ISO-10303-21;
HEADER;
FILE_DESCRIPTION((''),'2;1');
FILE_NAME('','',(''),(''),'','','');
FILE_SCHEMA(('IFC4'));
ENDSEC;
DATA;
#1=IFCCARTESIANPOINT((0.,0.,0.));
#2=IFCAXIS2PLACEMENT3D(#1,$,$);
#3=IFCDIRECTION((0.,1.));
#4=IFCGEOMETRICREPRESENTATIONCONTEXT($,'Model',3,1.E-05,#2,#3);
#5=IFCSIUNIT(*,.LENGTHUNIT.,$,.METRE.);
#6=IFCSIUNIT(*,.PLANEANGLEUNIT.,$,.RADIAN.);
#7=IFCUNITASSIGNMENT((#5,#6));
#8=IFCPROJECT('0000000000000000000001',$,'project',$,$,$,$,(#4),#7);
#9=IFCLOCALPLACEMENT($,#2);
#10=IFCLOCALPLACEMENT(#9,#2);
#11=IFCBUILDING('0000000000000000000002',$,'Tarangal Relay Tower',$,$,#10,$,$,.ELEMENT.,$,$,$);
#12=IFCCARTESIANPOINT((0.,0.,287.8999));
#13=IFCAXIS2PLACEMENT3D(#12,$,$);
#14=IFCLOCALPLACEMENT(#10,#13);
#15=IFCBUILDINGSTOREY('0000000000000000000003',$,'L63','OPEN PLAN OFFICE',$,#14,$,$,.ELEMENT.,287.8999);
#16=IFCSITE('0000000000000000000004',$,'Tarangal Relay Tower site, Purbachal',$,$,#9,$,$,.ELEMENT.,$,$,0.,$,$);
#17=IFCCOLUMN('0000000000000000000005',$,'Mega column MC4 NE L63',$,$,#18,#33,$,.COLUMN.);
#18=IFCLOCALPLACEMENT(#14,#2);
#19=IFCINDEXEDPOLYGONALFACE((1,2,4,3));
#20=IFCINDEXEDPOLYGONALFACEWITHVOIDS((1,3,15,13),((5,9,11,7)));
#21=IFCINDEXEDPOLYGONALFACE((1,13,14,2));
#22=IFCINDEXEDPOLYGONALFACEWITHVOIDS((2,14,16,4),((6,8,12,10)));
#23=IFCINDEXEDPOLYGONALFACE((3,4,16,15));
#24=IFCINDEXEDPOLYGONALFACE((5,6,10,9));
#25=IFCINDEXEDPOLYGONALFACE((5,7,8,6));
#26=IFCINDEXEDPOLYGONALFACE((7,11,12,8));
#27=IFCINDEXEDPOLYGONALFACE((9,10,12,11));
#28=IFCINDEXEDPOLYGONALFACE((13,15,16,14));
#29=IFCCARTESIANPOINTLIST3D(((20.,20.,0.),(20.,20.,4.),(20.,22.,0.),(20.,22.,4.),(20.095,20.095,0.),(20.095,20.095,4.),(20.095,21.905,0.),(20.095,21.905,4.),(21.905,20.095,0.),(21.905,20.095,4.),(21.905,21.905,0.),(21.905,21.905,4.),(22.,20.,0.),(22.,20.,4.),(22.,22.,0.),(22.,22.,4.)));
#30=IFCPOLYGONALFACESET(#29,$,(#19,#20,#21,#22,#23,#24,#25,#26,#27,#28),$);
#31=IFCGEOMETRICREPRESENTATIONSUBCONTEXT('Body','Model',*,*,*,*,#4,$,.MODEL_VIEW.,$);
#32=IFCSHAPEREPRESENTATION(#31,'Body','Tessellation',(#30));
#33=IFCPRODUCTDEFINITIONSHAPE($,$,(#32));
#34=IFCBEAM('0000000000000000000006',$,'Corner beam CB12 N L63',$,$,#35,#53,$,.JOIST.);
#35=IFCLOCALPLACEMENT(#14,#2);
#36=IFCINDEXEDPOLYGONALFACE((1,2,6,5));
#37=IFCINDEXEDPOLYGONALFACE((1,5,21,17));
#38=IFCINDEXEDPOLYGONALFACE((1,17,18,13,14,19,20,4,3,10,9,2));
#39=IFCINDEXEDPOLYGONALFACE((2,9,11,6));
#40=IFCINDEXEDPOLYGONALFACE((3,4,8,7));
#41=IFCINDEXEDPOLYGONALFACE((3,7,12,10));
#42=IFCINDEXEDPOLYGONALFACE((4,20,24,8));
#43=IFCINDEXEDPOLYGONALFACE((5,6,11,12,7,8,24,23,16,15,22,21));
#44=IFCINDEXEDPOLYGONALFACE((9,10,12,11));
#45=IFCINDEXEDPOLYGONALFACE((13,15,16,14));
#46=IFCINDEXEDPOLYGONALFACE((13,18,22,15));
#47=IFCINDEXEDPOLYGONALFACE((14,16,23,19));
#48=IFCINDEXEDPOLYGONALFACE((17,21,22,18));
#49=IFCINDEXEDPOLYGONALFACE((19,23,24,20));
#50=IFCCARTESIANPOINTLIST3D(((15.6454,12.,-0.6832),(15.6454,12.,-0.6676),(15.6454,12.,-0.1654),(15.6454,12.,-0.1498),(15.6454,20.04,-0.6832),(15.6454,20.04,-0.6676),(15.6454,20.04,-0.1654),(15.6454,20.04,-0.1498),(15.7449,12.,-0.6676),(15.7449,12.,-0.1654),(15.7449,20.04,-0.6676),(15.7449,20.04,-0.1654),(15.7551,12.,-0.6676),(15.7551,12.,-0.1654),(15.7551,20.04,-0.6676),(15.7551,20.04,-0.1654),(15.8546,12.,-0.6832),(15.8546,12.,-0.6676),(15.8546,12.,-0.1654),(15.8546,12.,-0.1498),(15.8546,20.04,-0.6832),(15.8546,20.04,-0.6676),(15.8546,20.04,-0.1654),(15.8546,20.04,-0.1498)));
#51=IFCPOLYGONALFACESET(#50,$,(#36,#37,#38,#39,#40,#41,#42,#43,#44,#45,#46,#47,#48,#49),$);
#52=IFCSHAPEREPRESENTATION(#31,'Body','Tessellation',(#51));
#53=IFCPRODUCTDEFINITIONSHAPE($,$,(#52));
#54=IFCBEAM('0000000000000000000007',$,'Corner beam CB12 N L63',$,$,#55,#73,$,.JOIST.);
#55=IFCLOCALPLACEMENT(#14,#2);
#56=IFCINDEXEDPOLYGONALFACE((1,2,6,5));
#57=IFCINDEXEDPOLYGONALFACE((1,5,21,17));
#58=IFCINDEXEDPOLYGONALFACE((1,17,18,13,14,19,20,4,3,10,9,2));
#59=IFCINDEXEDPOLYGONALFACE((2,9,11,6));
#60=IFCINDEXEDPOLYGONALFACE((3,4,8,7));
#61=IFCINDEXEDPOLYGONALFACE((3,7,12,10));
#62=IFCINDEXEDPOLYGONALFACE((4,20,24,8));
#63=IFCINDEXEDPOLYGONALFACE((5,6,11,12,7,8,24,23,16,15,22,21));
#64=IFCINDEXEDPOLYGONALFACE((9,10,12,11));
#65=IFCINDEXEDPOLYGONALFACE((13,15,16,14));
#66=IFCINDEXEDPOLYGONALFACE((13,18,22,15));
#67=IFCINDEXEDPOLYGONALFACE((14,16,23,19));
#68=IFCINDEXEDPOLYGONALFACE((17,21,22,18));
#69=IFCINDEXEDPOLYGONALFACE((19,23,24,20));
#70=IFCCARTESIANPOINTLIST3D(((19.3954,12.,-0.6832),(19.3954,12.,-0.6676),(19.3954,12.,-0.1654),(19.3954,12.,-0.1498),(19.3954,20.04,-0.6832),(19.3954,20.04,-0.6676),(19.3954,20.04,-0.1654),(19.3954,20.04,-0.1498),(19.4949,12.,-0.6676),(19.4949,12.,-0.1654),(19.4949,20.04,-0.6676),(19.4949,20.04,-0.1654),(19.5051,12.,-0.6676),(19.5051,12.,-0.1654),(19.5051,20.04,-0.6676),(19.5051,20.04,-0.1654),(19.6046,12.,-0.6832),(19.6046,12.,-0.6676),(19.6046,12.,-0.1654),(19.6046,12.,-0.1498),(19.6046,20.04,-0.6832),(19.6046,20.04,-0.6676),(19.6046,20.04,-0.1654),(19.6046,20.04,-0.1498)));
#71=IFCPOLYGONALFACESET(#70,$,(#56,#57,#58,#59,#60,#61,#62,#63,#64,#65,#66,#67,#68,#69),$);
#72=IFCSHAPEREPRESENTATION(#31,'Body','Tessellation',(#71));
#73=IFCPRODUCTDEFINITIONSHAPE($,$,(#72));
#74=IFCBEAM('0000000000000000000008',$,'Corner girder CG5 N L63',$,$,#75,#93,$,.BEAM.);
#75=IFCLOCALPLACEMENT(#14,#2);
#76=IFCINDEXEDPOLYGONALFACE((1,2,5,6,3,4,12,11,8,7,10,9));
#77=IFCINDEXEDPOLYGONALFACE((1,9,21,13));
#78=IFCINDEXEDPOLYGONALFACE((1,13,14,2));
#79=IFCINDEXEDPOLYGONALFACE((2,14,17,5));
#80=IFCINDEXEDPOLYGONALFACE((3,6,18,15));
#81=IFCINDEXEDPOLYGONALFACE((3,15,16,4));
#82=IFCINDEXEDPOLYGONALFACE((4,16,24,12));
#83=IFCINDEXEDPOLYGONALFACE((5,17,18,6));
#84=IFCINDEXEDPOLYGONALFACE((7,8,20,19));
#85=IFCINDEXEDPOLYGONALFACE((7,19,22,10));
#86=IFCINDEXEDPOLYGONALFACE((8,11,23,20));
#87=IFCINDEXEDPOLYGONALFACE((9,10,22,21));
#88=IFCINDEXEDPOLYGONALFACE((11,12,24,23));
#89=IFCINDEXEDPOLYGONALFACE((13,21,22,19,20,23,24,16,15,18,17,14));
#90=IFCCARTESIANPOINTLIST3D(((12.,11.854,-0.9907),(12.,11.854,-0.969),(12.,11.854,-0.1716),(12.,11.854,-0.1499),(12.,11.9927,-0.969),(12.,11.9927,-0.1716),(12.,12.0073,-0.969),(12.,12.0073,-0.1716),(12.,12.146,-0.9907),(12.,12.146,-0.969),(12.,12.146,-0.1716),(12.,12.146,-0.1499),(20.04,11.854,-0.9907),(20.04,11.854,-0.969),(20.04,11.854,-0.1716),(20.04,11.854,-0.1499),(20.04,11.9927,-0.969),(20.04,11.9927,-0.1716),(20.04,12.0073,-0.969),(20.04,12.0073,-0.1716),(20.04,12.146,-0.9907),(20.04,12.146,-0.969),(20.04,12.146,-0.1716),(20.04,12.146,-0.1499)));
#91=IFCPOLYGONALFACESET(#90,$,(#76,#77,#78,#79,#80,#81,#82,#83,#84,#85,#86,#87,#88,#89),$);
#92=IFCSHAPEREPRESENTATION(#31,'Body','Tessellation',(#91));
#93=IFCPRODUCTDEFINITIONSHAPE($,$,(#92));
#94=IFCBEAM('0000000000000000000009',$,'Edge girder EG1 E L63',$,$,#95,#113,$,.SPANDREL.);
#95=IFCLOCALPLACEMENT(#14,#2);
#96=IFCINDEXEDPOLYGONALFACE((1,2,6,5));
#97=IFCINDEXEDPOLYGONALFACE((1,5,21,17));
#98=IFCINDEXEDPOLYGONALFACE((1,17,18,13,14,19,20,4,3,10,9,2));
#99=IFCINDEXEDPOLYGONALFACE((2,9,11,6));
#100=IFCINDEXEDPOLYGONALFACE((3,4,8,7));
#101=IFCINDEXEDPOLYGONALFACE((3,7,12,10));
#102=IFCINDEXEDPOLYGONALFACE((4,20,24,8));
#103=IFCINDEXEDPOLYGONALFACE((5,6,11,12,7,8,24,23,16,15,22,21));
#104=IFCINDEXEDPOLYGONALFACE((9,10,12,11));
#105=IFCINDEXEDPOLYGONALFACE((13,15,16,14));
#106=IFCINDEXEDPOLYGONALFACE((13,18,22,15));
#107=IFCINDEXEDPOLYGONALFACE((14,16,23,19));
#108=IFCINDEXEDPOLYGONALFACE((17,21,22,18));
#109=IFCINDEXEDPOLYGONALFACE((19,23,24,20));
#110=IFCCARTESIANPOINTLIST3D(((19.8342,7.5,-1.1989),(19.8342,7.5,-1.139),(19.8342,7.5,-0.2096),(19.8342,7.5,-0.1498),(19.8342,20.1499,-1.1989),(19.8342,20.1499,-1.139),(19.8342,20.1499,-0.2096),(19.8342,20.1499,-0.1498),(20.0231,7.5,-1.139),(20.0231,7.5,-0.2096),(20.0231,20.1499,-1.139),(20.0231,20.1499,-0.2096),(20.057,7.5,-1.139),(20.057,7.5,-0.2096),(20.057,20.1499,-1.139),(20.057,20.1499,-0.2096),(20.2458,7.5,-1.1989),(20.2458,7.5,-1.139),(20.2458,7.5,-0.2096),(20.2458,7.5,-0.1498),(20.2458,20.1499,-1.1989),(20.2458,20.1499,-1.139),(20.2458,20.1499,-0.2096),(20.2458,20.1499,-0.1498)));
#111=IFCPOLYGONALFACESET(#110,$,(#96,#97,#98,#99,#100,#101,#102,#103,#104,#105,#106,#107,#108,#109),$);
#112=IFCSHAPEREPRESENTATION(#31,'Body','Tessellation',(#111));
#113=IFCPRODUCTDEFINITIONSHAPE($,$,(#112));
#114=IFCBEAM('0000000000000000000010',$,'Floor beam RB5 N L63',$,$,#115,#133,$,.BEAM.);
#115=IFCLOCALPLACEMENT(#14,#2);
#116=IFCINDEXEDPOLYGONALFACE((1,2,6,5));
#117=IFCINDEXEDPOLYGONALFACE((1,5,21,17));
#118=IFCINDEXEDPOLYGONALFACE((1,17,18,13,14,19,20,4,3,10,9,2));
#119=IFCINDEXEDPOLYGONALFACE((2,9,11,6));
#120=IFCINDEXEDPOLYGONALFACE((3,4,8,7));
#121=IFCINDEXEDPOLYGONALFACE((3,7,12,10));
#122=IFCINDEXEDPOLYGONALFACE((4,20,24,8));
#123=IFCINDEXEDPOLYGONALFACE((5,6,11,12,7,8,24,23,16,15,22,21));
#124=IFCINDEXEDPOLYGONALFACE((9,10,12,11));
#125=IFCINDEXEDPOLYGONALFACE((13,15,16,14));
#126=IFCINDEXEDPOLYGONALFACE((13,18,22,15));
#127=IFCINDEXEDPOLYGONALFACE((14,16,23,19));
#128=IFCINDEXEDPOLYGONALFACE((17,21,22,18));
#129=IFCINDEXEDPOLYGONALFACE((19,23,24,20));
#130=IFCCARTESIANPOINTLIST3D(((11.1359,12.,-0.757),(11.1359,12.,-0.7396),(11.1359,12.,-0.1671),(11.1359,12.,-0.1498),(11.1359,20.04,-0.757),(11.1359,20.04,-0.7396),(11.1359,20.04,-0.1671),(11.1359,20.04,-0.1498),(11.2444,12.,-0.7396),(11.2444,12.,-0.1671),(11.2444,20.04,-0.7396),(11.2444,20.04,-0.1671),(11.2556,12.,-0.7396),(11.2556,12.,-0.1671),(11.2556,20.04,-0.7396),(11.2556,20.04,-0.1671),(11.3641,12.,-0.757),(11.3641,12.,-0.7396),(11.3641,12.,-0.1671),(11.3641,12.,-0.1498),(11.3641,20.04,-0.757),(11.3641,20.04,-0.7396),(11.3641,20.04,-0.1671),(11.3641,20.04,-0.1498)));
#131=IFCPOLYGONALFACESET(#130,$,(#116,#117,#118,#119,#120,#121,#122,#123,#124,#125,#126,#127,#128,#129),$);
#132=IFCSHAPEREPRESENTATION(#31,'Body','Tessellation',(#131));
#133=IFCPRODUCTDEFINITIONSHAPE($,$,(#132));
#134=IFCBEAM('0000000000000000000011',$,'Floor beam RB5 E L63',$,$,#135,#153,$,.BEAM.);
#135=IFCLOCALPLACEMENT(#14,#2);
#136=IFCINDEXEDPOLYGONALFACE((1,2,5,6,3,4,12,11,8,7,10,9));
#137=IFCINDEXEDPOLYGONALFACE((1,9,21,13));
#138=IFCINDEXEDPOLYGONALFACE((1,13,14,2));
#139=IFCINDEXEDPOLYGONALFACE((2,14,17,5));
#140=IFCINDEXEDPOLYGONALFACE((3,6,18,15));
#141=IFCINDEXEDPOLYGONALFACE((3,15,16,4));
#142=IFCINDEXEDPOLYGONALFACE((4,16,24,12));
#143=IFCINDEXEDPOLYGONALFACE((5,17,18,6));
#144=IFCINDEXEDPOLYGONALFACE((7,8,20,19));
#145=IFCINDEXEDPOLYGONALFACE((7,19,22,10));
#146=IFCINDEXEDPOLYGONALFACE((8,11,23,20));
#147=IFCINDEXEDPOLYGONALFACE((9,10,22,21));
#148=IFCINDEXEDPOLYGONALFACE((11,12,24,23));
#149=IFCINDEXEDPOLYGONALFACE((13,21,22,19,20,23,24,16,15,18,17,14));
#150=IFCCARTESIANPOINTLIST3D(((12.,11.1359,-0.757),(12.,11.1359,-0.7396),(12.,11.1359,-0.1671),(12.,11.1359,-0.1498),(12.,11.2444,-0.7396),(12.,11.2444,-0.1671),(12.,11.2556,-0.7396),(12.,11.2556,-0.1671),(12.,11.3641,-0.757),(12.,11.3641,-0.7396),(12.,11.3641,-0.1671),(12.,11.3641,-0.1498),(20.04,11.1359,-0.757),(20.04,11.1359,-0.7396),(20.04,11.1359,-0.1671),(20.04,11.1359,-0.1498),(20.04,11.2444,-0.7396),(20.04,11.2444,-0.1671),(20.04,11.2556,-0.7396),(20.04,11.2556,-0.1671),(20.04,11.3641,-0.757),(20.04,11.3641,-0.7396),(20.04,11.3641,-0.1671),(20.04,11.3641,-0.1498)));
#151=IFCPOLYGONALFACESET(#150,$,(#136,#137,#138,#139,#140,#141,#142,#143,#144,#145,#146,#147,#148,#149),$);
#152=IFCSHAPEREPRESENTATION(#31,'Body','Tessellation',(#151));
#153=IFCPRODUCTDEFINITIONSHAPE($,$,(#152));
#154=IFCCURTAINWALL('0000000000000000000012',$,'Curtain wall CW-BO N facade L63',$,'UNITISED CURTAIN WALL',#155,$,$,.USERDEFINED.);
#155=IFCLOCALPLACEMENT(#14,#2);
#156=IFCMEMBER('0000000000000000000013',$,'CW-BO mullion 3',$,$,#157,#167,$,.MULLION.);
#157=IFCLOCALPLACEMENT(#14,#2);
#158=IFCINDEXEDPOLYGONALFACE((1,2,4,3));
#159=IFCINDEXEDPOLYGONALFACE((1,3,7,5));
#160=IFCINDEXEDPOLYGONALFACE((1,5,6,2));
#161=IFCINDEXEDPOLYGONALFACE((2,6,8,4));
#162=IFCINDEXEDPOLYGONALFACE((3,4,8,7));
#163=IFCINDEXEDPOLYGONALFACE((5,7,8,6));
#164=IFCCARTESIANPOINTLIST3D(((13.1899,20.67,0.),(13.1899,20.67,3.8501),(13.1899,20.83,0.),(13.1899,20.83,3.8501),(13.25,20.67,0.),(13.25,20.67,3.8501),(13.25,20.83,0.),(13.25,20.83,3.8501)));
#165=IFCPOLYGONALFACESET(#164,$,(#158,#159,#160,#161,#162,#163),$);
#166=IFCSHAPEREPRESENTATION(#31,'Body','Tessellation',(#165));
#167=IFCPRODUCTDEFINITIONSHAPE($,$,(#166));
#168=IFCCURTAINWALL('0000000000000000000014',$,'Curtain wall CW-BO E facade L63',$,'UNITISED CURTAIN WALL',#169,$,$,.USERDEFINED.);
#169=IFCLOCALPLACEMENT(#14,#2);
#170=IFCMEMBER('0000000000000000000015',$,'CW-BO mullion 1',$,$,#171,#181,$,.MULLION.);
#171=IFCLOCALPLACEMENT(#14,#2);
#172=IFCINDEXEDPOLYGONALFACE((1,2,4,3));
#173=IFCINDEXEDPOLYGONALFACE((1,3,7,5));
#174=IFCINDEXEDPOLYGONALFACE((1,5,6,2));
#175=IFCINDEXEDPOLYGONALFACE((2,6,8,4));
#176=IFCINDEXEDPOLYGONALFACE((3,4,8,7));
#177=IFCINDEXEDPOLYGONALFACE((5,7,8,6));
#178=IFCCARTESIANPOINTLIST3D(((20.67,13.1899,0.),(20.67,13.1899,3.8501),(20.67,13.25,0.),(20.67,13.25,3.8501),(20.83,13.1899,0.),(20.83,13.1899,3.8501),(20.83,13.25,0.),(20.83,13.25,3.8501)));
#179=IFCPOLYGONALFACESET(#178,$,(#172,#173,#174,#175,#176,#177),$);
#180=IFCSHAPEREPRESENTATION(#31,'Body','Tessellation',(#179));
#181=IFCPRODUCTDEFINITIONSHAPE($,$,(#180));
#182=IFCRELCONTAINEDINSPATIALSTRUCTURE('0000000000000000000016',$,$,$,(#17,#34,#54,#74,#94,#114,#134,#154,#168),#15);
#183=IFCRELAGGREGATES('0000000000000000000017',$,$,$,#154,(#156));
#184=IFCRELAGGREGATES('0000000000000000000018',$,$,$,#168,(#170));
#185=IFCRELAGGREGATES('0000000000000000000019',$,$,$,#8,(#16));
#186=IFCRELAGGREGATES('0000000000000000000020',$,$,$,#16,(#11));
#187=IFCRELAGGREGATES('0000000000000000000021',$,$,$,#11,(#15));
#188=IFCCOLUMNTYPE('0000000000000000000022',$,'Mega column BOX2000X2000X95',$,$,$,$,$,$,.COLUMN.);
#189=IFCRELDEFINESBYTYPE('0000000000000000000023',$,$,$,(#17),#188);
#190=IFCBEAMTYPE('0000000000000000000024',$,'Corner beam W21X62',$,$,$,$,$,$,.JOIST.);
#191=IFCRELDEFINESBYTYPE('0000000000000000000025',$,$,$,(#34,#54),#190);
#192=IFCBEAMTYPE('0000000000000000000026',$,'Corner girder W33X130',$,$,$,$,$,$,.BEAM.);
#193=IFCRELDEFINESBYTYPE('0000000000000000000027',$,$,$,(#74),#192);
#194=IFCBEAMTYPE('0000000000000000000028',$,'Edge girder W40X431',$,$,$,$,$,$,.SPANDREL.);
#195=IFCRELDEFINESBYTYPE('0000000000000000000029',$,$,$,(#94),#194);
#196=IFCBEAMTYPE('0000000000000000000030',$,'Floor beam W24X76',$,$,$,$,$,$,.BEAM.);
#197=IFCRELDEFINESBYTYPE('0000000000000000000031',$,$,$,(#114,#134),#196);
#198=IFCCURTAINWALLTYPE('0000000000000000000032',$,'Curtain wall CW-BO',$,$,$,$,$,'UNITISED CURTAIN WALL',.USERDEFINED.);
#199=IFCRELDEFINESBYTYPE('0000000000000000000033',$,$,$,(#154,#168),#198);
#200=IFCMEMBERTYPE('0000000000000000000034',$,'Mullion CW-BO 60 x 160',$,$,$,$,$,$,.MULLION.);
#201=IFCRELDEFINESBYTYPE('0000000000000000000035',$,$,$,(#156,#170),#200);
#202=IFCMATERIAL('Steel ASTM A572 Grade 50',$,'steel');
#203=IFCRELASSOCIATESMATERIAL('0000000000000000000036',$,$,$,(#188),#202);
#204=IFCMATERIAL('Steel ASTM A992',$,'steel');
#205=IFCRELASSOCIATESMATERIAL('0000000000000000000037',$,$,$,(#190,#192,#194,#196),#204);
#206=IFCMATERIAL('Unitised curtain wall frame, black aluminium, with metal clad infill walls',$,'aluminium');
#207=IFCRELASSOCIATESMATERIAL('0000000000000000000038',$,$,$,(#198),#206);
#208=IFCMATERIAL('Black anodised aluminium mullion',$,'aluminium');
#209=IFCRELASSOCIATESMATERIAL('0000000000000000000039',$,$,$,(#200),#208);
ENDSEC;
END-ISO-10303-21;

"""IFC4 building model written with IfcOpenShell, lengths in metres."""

from ifc_helpers import new_model, si_unit, direction, frame, origin, origin_2d, place, context, subcontext, project, spatial, rectangle, hollow_rectangle, i_section, extrude, material, material_profile, profile_set, type_object, element, aggregate, save


model = new_model("IFC4")

# Units and contexts
model_context = context("Model", 3, precision=1e-05, world=origin(), true_north=direction((0.0, 1.0)))
body_context = subcontext(model_context, "Body", "Model", "MODEL_VIEW")
ifc_project = project(units=[si_unit("LENGTHUNIT", "METRE"), si_unit("PLANEANGLEUNIT", "RADIAN")], contexts=[model_context])

# Site, building, storey
site_placement = place(None, origin())
site = spatial("IfcSite", under=ifc_project, at=site_placement, Name="Tarangal Relay Tower site, Purbachal", CompositionType="ELEMENT", RefElevation=0.0)
building_placement = place(site_placement, origin())
building = spatial("IfcBuilding", under=site, at=building_placement, Name="Tarangal Relay Tower", CompositionType="ELEMENT")
storey_placement = place(building_placement, frame((0.0, 0.0, 287.8999)))
storey = spatial("IfcBuildingStorey", under=building, at=storey_placement, Name="L63", Description="OPEN PLAN OFFICE", CompositionType="ELEMENT", Elevation=287.8999)

# Column
ifc_material_1 = material(Name="Steel ASTM A572 Grade 50", Category="steel")
ifc_material_profile_1 = material_profile(ifc_material_1, hollow_rectangle(XDim=2.0, YDim=2.0, WallThickness=0.095, at=origin_2d()), Name="BOX2000X2000X95")
ifc_profile_set_1 = profile_set([ifc_material_profile_1], Name="Steel ASTM A572 Grade 50")
column_type = type_object("IfcColumnType", Name="Mega column BOX2000X2000X95", PredefinedType="COLUMN", material=ifc_profile_set_1)
column_placement = place(storey_placement, frame((21.0, 21.0, 0.0), z_axis=(0.0, 0.0, 1.0), x_axis=(1.0, 0.0, 0.0)))
element("IfcColumn", 1, at=column_placement, inside=storey, type_object=column_type, Name="Mega column MC4 NE L63", PredefinedType="COLUMN", context=body_context, shape_type="SweptSolid", body=[
    extrude(hollow_rectangle(XDim=2.0, YDim=2.0, WallThickness=0.095, at=origin_2d()), origin(), (0.0, 0.0, 1.0), 4.0),
])

# Beams
ifc_material_2 = material(Name="Steel ASTM A992", Category="steel")
ifc_material_profile_2 = material_profile(ifc_material_2, i_section(OverallWidth=0.2092, OverallDepth=0.5334, WebThickness=0.0103, FlangeThickness=0.0156, at=origin_2d()), Name="W21X62")
ifc_profile_set_2 = profile_set([ifc_material_profile_2], Name="Steel ASTM A992")
beam_type_1 = type_object("IfcBeamType", Name="Corner beam W21X62", PredefinedType="JOIST", material=ifc_profile_set_2)
for number, where, z_axis, x_axis, name in (
    (2, (15.75, 12.0, -0.4165), (0.0, 1.0, 0.0), (-1.0, 0.0, 0.0), "Corner beam CB12 N L63"),
    (3, (19.5, 12.0, -0.4165), (0.0, 1.0, 0.0), (-1.0, 0.0, 0.0), "Corner beam CB12 N L63"),
):
    element("IfcBeam", number, at=place(storey_placement, frame(where, z_axis=z_axis, x_axis=x_axis)), inside=storey, type_object=beam_type_1, Name=name, PredefinedType="JOIST", context=body_context, shape_type="SweptSolid", body=[
        extrude(i_section(OverallWidth=0.2092, OverallDepth=0.5334, WebThickness=0.0103, FlangeThickness=0.0156, at=origin_2d()), origin(), (0.0, 0.0, 1.0), 8.04),
    ])
ifc_material_profile_3 = material_profile(ifc_material_2, i_section(OverallWidth=0.292, OverallDepth=0.8408, WebThickness=0.0146, FlangeThickness=0.0217, at=origin_2d()), Name="W33X130")
ifc_profile_set_3 = profile_set([ifc_material_profile_3], Name="Steel ASTM A992")
beam_type_2 = type_object("IfcBeamType", Name="Corner girder W33X130", PredefinedType="BEAM", material=ifc_profile_set_3)
beam_1_placement = place(storey_placement, frame((12.0, 12.0, -0.5703), z_axis=(1.0, 0.0, 0.0), x_axis=(0.0, 1.0, 0.0)))
element("IfcBeam", 4, at=beam_1_placement, inside=storey, type_object=beam_type_2, Name="Corner girder CG5 N L63", PredefinedType="BEAM", context=body_context, shape_type="SweptSolid", body=[
    extrude(i_section(OverallWidth=0.292, OverallDepth=0.8408, WebThickness=0.0146, FlangeThickness=0.0217, at=origin_2d()), origin(), (0.0, 0.0, 1.0), 8.04),
])
ifc_material_profile_4 = material_profile(ifc_material_2, i_section(OverallWidth=0.4116, OverallDepth=1.0491, WebThickness=0.0339, FlangeThickness=0.0598, at=origin_2d()), Name="W40X431")
ifc_profile_set_4 = profile_set([ifc_material_profile_4], Name="Steel ASTM A992")
beam_type_3 = type_object("IfcBeamType", Name="Edge girder W40X431", PredefinedType="SPANDREL", material=ifc_profile_set_4)
beam_2_placement = place(storey_placement, frame((20.04, 20.1499, -0.6743), z_axis=(0.0, -1.0, 0.0), x_axis=(1.0, 0.0, 0.0)))
element("IfcBeam", 5, at=beam_2_placement, inside=storey, type_object=beam_type_3, Name="Edge girder EG1 E L63", PredefinedType="SPANDREL", context=body_context, shape_type="SweptSolid", body=[
    extrude(i_section(OverallWidth=0.4116, OverallDepth=1.0491, WebThickness=0.0339, FlangeThickness=0.0598, at=origin_2d()), origin(), (0.0, 0.0, 1.0), 12.6499),
])
ifc_material_profile_5 = material_profile(ifc_material_2, i_section(OverallWidth=0.2283, OverallDepth=0.6072, WebThickness=0.0112, FlangeThickness=0.0173, at=origin_2d()), Name="W24X76")
ifc_profile_set_5 = profile_set([ifc_material_profile_5], Name="Steel ASTM A992")
beam_type_4 = type_object("IfcBeamType", Name="Floor beam W24X76", PredefinedType="BEAM", material=ifc_profile_set_5)
for number, where, z_axis, x_axis, name in (
    (6, (11.25, 12.0, -0.4534), (0.0, 1.0, 0.0), (-1.0, 0.0, 0.0), "Floor beam RB5 N L63"),
    (7, (12.0, 11.25, -0.4534), (1.0, 0.0, 0.0), (0.0, 1.0, 0.0), "Floor beam RB5 E L63"),
):
    element("IfcBeam", number, at=place(storey_placement, frame(where, z_axis=z_axis, x_axis=x_axis)), inside=storey, type_object=beam_type_4, Name=name, PredefinedType="BEAM", context=body_context, shape_type="SweptSolid", body=[
        extrude(i_section(OverallWidth=0.2283, OverallDepth=0.6072, WebThickness=0.0112, FlangeThickness=0.0173, at=origin_2d()), origin(), (0.0, 0.0, 1.0), 8.04),
    ])

# Curtain wall, member
ifc_material_3 = material(Name="Unitised curtain wall frame, black aluminium, with metal clad infill walls", Category="aluminium")
curtain_wall_type = type_object("IfcCurtainWallType", Name="Curtain wall CW-BO", ElementType="UNITISED CURTAIN WALL", PredefinedType="USERDEFINED", material=ifc_material_3)
curtain_wall_1_placement = place(storey_placement, origin())
curtain_wall_1 = element("IfcCurtainWall", 8, at=curtain_wall_1_placement, inside=storey, type_object=curtain_wall_type, Name="Curtain wall CW-BO N facade L63", ObjectType="UNITISED CURTAIN WALL", PredefinedType="USERDEFINED")
ifc_material_4 = material(Name="Black anodised aluminium mullion", Category="aluminium")
ifc_material_profile_6 = material_profile(ifc_material_4, rectangle(XDim=0.1599, YDim=0.0601, at=origin_2d()), Name="CW-BOM 60X160")
ifc_profile_set_6 = profile_set([ifc_material_profile_6], Name="Black anodised aluminium mullion")
member_type_1 = type_object("IfcMemberType", Name="Mullion CW-BO 60 x 160", PredefinedType="MULLION", material=ifc_profile_set_6)
member_1_placement = place(storey_placement, frame((13.22, 20.75, 0.0), z_axis=(0.0, 0.0, 1.0), x_axis=(0.0, 1.0, 0.0)))
member_1 = element("IfcMember", 9, at=member_1_placement, type_object=member_type_1, Name="CW-BO mullion 3", PredefinedType="MULLION", context=body_context, shape_type="SweptSolid", body=[
    extrude(rectangle(XDim=0.1599, YDim=0.0601, at=origin_2d()), origin(), (0.0, 0.0, 1.0), 3.8501),
])
aggregate(curtain_wall_1, [member_1])

# Curtain wall, member
curtain_wall_2_placement = place(storey_placement, origin())
curtain_wall_2 = element("IfcCurtainWall", 10, at=curtain_wall_2_placement, inside=storey, type_object=curtain_wall_type, Name="Curtain wall CW-BO E facade L63", ObjectType="UNITISED CURTAIN WALL", PredefinedType="USERDEFINED")
member_2_placement = place(storey_placement, frame((20.75, 13.22, 0.0), z_axis=(0.0, 0.0, 1.0), x_axis=(1.0, 0.0, 0.0)))
member_2 = element("IfcMember", 11, at=member_2_placement, type_object=member_type_1, Name="CW-BO mullion 1", PredefinedType="MULLION", context=body_context, shape_type="SweptSolid", body=[
    extrude(rectangle(XDim=0.1599, YDim=0.0601, at=origin_2d()), origin(), (0.0, 0.0, 1.0), 3.8501),
])
aggregate(curtain_wall_2, [member_2])

save(model, "model.ifc")
